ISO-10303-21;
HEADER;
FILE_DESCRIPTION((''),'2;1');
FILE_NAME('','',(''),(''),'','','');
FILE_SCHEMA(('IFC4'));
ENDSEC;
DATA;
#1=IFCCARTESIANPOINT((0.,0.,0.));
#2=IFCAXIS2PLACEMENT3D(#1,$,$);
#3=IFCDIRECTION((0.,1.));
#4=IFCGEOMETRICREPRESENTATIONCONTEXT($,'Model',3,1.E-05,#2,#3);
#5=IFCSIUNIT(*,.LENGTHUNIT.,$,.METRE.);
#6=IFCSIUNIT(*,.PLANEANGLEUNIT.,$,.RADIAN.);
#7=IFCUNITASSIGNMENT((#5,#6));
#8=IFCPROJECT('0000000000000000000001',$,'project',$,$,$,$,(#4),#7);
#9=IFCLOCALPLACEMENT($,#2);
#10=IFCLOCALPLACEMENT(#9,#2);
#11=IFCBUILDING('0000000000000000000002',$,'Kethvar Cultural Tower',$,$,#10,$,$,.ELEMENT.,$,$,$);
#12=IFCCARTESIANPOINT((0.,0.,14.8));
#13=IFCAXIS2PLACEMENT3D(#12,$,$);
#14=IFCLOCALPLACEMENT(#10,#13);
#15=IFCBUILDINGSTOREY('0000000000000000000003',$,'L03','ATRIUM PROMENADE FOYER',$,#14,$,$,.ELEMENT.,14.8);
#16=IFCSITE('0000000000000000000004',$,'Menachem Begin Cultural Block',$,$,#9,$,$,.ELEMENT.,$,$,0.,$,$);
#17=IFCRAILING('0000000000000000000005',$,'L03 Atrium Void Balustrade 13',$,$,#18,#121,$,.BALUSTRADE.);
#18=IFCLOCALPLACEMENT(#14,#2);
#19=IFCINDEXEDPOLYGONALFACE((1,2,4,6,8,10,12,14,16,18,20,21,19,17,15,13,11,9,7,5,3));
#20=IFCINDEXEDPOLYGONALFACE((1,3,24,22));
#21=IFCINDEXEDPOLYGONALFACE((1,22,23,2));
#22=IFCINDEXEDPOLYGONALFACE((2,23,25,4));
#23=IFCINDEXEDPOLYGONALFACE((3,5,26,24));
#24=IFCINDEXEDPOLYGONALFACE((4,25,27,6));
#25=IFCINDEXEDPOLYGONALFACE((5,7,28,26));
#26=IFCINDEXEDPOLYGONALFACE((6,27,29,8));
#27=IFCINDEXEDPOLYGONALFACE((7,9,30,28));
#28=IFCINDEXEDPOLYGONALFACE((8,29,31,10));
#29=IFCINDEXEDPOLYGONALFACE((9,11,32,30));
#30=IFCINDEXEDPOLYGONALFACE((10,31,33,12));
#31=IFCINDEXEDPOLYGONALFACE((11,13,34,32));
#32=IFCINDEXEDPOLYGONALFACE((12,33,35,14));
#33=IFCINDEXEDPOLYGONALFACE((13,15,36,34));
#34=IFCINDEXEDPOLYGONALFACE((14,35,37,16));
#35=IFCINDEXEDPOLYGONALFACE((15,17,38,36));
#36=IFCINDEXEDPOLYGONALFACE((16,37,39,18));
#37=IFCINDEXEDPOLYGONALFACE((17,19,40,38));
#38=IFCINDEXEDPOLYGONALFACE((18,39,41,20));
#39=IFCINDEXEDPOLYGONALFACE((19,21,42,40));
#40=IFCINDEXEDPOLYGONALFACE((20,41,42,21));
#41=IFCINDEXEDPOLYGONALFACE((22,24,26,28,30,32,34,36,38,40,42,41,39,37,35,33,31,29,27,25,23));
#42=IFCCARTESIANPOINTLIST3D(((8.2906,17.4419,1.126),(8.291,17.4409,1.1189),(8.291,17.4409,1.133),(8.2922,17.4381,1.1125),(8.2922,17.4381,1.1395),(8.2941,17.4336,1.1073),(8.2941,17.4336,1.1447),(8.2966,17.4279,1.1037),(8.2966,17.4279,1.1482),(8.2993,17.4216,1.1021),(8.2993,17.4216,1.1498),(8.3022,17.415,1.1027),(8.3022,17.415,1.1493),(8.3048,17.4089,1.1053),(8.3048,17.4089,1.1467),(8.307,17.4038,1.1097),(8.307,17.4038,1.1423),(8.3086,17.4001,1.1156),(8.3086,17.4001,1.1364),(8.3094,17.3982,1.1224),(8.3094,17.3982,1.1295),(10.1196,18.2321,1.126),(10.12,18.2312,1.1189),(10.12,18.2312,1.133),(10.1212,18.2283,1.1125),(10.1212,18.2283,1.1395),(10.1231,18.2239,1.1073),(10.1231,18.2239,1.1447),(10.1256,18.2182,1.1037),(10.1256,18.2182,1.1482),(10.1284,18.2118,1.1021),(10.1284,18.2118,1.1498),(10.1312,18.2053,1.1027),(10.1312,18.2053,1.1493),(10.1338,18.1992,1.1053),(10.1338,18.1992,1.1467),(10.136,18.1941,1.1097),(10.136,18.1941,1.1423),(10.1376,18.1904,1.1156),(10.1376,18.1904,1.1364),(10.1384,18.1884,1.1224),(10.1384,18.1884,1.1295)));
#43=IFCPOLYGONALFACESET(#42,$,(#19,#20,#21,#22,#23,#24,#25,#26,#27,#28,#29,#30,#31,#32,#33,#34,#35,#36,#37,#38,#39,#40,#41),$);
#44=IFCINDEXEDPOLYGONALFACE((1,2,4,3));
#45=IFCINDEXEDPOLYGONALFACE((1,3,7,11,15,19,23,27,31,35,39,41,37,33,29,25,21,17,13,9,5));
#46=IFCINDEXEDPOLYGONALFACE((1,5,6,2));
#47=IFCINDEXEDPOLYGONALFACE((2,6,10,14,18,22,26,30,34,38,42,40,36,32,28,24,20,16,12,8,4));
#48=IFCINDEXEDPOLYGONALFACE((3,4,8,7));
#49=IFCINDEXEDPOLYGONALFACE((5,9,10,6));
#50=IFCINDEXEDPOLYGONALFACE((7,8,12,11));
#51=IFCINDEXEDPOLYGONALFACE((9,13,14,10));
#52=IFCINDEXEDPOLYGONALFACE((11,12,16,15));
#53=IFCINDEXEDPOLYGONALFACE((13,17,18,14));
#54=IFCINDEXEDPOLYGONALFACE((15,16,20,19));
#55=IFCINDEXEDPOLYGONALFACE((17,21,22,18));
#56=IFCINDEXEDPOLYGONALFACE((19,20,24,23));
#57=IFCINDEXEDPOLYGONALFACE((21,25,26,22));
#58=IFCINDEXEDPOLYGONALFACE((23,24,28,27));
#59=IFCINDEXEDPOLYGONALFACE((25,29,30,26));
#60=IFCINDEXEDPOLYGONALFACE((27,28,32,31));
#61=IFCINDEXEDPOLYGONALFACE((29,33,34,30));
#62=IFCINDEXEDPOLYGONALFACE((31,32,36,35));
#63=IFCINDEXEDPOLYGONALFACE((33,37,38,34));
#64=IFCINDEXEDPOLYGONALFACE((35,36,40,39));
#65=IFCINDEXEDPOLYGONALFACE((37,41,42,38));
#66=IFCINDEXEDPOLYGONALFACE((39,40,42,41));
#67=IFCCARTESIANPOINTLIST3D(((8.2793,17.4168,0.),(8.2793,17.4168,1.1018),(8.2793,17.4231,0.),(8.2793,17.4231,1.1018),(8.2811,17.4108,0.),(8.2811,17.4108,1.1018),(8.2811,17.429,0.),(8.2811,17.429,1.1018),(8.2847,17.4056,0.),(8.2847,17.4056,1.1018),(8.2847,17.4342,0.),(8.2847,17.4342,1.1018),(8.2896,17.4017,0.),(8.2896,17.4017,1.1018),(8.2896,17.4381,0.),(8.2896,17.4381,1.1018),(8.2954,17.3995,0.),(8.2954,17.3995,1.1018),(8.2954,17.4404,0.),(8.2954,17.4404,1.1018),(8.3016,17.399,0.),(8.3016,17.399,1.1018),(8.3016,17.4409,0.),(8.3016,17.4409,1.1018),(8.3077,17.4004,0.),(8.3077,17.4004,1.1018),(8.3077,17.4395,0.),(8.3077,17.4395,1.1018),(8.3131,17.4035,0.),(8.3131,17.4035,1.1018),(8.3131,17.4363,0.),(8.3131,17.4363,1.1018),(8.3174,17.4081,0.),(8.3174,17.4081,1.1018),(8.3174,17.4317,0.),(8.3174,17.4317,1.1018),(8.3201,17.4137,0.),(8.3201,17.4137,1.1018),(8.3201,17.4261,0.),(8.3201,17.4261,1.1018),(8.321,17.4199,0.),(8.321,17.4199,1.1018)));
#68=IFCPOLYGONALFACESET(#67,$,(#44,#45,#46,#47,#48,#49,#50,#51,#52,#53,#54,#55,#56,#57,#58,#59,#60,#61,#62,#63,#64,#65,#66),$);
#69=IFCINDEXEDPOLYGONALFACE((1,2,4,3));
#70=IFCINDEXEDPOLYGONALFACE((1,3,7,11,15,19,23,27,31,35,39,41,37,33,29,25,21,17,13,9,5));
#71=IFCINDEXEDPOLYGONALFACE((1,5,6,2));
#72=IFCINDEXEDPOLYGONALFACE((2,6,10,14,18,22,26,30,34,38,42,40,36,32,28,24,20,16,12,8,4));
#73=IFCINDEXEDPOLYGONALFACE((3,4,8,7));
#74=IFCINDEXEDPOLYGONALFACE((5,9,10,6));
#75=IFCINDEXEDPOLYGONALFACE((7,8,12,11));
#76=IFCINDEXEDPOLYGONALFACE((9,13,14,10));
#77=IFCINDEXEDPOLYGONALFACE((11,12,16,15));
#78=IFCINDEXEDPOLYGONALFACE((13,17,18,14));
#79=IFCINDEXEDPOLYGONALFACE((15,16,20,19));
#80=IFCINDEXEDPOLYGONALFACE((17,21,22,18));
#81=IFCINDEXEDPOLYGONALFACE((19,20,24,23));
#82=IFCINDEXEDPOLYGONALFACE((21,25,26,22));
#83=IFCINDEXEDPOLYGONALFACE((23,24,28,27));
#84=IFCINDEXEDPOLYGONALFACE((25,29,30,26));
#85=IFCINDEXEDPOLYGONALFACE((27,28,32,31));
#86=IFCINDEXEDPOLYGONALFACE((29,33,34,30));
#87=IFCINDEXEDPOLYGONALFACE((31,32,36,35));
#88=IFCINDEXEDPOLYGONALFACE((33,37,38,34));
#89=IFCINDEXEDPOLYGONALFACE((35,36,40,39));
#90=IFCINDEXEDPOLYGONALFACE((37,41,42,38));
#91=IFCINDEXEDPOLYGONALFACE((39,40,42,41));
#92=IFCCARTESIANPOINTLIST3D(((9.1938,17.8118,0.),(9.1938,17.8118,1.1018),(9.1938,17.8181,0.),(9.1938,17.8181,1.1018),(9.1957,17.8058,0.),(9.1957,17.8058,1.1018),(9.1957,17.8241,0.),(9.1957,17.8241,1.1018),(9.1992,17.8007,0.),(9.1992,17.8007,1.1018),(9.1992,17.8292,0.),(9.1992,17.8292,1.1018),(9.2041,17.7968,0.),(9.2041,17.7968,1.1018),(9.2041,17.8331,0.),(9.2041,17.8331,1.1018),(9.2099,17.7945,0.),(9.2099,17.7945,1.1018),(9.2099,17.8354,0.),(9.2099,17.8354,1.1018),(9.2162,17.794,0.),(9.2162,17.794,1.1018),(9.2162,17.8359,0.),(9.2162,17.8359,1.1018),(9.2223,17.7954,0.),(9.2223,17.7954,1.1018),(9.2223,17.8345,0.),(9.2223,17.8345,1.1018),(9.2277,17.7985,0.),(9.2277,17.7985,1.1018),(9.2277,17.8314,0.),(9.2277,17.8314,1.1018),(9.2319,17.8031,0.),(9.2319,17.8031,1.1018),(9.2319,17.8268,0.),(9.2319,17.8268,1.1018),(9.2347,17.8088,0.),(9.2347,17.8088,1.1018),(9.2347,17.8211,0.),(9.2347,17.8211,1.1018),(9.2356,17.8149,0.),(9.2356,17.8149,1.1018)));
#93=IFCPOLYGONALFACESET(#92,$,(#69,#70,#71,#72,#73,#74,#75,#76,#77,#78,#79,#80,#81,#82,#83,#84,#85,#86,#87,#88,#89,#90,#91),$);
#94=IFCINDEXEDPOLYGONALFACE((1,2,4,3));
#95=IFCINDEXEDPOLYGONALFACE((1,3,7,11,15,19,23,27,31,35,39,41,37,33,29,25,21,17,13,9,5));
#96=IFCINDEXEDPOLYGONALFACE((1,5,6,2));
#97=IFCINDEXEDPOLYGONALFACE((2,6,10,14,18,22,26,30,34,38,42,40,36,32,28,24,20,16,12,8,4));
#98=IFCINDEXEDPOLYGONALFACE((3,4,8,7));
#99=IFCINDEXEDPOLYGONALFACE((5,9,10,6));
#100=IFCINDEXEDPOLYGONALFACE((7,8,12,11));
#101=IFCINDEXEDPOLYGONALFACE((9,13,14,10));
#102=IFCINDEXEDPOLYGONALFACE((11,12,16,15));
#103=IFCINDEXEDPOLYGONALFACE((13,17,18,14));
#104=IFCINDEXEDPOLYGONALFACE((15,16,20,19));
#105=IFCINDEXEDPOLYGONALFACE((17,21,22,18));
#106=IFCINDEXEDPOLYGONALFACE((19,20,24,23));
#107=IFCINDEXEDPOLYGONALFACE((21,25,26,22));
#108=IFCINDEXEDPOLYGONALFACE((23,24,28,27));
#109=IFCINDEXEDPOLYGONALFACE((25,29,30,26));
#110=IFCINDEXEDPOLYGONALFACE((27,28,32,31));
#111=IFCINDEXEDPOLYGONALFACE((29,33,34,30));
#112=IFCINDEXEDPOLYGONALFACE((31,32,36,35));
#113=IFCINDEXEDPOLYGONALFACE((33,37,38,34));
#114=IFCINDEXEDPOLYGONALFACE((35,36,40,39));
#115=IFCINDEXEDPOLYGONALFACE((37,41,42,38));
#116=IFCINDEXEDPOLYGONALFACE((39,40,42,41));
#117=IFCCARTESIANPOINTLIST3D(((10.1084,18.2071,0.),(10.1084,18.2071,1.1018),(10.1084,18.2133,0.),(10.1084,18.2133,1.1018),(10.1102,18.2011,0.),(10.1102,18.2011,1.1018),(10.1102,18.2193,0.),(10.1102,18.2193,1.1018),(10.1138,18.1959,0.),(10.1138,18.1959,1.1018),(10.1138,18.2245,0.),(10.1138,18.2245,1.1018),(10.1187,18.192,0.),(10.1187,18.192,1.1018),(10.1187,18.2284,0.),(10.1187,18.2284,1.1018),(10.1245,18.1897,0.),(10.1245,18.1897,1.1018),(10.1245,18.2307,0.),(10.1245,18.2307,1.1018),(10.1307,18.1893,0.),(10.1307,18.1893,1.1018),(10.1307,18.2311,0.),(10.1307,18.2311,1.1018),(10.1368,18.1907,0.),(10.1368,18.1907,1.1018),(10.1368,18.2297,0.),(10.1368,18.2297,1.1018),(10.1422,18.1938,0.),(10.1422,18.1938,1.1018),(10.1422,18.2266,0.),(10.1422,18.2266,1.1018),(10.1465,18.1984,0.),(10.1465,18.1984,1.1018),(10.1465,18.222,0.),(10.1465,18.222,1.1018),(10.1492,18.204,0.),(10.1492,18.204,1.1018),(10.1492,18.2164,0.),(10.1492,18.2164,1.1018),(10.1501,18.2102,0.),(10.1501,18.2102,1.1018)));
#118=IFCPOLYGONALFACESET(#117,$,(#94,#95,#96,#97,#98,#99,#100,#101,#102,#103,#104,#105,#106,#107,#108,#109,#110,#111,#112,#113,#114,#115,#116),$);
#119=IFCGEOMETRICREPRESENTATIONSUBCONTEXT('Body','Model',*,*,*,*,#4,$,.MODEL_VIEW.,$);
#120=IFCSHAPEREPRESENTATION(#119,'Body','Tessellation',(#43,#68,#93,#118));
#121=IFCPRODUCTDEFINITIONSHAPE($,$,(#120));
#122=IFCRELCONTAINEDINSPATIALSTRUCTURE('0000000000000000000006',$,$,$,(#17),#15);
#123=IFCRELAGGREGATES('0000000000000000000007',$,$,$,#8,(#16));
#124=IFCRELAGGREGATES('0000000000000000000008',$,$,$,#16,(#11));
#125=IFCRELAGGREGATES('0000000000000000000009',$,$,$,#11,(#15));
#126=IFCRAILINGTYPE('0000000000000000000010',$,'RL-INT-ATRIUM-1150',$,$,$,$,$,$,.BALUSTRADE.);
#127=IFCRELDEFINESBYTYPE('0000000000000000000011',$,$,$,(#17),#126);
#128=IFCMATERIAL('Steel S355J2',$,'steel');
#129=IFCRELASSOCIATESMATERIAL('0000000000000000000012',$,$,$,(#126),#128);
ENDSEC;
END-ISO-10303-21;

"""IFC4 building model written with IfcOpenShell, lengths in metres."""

from ifc_helpers import new_model, si_unit, direction, frame, origin, origin_2d, place, context, subcontext, project, spatial, circle, extrude, material, type_object, element, save


model = new_model("IFC4")

# Units and contexts
model_context = context("Model", 3, precision=1e-05, world=origin(), true_north=direction((0.0, 1.0)))
body_context = subcontext(model_context, "Body", "Model", "MODEL_VIEW")
ifc_project = project(units=[si_unit("LENGTHUNIT", "METRE"), si_unit("PLANEANGLEUNIT", "RADIAN")], contexts=[model_context])

# Site, building, storey
site_placement = place(None, origin())
site = spatial("IfcSite", under=ifc_project, at=site_placement, Name="Menachem Begin Cultural Block", CompositionType="ELEMENT", RefElevation=0.0)
building_placement = place(site_placement, origin())
building = spatial("IfcBuilding", under=site, at=building_placement, Name="Kethvar Cultural Tower", CompositionType="ELEMENT")
storey_placement = place(building_placement, frame((0.0, 0.0, 14.8)))
storey = spatial("IfcBuildingStorey", under=building, at=storey_placement, Name="L03", Description="ATRIUM PROMENADE FOYER", CompositionType="ELEMENT", Elevation=14.8)

# Shared definitions
ifc_material_1 = material(Name="Steel S355J2", Category="steel")

# Railing
railing_type_1 = type_object("IfcRailingType", Name="RL-INT-ATRIUM-1150", PredefinedType="BALUSTRADE", material=ifc_material_1)
railing_1_placement = place(storey_placement, frame((8.3, 17.4199, 0.0)))
element("IfcRailing", 1, at=railing_1_placement, inside=storey, type_object=railing_type_1, Name="L03 Atrium Void Balustrade 13", PredefinedType="BALUSTRADE", context=body_context, shape_type="SweptSolid", body=[
    extrude(circle(Radius=0.0239, at=origin_2d()), frame((0.0, 0.0, 1.126), z_axis=(0.917981, 0.396624, 0.0), x_axis=(-0.396624, 0.917981, 0.0)), (0.0, 0.0, 1.0), 1.9924),
    extrude(circle(Radius=0.021, at=origin_2d()), origin(), (0.0, 0.0, 1.0), 1.1018),
    extrude(circle(Radius=0.021, at=origin_2d()), frame((0.9146, 0.395, 0.0)), (0.0, 0.0, 1.0), 1.1018),
    extrude(circle(Radius=0.021, at=origin_2d()), frame((1.8291, 0.7903, 0.0)), (0.0, 0.0, 1.0), 1.1018),
])

save(model, "model.ifc")
